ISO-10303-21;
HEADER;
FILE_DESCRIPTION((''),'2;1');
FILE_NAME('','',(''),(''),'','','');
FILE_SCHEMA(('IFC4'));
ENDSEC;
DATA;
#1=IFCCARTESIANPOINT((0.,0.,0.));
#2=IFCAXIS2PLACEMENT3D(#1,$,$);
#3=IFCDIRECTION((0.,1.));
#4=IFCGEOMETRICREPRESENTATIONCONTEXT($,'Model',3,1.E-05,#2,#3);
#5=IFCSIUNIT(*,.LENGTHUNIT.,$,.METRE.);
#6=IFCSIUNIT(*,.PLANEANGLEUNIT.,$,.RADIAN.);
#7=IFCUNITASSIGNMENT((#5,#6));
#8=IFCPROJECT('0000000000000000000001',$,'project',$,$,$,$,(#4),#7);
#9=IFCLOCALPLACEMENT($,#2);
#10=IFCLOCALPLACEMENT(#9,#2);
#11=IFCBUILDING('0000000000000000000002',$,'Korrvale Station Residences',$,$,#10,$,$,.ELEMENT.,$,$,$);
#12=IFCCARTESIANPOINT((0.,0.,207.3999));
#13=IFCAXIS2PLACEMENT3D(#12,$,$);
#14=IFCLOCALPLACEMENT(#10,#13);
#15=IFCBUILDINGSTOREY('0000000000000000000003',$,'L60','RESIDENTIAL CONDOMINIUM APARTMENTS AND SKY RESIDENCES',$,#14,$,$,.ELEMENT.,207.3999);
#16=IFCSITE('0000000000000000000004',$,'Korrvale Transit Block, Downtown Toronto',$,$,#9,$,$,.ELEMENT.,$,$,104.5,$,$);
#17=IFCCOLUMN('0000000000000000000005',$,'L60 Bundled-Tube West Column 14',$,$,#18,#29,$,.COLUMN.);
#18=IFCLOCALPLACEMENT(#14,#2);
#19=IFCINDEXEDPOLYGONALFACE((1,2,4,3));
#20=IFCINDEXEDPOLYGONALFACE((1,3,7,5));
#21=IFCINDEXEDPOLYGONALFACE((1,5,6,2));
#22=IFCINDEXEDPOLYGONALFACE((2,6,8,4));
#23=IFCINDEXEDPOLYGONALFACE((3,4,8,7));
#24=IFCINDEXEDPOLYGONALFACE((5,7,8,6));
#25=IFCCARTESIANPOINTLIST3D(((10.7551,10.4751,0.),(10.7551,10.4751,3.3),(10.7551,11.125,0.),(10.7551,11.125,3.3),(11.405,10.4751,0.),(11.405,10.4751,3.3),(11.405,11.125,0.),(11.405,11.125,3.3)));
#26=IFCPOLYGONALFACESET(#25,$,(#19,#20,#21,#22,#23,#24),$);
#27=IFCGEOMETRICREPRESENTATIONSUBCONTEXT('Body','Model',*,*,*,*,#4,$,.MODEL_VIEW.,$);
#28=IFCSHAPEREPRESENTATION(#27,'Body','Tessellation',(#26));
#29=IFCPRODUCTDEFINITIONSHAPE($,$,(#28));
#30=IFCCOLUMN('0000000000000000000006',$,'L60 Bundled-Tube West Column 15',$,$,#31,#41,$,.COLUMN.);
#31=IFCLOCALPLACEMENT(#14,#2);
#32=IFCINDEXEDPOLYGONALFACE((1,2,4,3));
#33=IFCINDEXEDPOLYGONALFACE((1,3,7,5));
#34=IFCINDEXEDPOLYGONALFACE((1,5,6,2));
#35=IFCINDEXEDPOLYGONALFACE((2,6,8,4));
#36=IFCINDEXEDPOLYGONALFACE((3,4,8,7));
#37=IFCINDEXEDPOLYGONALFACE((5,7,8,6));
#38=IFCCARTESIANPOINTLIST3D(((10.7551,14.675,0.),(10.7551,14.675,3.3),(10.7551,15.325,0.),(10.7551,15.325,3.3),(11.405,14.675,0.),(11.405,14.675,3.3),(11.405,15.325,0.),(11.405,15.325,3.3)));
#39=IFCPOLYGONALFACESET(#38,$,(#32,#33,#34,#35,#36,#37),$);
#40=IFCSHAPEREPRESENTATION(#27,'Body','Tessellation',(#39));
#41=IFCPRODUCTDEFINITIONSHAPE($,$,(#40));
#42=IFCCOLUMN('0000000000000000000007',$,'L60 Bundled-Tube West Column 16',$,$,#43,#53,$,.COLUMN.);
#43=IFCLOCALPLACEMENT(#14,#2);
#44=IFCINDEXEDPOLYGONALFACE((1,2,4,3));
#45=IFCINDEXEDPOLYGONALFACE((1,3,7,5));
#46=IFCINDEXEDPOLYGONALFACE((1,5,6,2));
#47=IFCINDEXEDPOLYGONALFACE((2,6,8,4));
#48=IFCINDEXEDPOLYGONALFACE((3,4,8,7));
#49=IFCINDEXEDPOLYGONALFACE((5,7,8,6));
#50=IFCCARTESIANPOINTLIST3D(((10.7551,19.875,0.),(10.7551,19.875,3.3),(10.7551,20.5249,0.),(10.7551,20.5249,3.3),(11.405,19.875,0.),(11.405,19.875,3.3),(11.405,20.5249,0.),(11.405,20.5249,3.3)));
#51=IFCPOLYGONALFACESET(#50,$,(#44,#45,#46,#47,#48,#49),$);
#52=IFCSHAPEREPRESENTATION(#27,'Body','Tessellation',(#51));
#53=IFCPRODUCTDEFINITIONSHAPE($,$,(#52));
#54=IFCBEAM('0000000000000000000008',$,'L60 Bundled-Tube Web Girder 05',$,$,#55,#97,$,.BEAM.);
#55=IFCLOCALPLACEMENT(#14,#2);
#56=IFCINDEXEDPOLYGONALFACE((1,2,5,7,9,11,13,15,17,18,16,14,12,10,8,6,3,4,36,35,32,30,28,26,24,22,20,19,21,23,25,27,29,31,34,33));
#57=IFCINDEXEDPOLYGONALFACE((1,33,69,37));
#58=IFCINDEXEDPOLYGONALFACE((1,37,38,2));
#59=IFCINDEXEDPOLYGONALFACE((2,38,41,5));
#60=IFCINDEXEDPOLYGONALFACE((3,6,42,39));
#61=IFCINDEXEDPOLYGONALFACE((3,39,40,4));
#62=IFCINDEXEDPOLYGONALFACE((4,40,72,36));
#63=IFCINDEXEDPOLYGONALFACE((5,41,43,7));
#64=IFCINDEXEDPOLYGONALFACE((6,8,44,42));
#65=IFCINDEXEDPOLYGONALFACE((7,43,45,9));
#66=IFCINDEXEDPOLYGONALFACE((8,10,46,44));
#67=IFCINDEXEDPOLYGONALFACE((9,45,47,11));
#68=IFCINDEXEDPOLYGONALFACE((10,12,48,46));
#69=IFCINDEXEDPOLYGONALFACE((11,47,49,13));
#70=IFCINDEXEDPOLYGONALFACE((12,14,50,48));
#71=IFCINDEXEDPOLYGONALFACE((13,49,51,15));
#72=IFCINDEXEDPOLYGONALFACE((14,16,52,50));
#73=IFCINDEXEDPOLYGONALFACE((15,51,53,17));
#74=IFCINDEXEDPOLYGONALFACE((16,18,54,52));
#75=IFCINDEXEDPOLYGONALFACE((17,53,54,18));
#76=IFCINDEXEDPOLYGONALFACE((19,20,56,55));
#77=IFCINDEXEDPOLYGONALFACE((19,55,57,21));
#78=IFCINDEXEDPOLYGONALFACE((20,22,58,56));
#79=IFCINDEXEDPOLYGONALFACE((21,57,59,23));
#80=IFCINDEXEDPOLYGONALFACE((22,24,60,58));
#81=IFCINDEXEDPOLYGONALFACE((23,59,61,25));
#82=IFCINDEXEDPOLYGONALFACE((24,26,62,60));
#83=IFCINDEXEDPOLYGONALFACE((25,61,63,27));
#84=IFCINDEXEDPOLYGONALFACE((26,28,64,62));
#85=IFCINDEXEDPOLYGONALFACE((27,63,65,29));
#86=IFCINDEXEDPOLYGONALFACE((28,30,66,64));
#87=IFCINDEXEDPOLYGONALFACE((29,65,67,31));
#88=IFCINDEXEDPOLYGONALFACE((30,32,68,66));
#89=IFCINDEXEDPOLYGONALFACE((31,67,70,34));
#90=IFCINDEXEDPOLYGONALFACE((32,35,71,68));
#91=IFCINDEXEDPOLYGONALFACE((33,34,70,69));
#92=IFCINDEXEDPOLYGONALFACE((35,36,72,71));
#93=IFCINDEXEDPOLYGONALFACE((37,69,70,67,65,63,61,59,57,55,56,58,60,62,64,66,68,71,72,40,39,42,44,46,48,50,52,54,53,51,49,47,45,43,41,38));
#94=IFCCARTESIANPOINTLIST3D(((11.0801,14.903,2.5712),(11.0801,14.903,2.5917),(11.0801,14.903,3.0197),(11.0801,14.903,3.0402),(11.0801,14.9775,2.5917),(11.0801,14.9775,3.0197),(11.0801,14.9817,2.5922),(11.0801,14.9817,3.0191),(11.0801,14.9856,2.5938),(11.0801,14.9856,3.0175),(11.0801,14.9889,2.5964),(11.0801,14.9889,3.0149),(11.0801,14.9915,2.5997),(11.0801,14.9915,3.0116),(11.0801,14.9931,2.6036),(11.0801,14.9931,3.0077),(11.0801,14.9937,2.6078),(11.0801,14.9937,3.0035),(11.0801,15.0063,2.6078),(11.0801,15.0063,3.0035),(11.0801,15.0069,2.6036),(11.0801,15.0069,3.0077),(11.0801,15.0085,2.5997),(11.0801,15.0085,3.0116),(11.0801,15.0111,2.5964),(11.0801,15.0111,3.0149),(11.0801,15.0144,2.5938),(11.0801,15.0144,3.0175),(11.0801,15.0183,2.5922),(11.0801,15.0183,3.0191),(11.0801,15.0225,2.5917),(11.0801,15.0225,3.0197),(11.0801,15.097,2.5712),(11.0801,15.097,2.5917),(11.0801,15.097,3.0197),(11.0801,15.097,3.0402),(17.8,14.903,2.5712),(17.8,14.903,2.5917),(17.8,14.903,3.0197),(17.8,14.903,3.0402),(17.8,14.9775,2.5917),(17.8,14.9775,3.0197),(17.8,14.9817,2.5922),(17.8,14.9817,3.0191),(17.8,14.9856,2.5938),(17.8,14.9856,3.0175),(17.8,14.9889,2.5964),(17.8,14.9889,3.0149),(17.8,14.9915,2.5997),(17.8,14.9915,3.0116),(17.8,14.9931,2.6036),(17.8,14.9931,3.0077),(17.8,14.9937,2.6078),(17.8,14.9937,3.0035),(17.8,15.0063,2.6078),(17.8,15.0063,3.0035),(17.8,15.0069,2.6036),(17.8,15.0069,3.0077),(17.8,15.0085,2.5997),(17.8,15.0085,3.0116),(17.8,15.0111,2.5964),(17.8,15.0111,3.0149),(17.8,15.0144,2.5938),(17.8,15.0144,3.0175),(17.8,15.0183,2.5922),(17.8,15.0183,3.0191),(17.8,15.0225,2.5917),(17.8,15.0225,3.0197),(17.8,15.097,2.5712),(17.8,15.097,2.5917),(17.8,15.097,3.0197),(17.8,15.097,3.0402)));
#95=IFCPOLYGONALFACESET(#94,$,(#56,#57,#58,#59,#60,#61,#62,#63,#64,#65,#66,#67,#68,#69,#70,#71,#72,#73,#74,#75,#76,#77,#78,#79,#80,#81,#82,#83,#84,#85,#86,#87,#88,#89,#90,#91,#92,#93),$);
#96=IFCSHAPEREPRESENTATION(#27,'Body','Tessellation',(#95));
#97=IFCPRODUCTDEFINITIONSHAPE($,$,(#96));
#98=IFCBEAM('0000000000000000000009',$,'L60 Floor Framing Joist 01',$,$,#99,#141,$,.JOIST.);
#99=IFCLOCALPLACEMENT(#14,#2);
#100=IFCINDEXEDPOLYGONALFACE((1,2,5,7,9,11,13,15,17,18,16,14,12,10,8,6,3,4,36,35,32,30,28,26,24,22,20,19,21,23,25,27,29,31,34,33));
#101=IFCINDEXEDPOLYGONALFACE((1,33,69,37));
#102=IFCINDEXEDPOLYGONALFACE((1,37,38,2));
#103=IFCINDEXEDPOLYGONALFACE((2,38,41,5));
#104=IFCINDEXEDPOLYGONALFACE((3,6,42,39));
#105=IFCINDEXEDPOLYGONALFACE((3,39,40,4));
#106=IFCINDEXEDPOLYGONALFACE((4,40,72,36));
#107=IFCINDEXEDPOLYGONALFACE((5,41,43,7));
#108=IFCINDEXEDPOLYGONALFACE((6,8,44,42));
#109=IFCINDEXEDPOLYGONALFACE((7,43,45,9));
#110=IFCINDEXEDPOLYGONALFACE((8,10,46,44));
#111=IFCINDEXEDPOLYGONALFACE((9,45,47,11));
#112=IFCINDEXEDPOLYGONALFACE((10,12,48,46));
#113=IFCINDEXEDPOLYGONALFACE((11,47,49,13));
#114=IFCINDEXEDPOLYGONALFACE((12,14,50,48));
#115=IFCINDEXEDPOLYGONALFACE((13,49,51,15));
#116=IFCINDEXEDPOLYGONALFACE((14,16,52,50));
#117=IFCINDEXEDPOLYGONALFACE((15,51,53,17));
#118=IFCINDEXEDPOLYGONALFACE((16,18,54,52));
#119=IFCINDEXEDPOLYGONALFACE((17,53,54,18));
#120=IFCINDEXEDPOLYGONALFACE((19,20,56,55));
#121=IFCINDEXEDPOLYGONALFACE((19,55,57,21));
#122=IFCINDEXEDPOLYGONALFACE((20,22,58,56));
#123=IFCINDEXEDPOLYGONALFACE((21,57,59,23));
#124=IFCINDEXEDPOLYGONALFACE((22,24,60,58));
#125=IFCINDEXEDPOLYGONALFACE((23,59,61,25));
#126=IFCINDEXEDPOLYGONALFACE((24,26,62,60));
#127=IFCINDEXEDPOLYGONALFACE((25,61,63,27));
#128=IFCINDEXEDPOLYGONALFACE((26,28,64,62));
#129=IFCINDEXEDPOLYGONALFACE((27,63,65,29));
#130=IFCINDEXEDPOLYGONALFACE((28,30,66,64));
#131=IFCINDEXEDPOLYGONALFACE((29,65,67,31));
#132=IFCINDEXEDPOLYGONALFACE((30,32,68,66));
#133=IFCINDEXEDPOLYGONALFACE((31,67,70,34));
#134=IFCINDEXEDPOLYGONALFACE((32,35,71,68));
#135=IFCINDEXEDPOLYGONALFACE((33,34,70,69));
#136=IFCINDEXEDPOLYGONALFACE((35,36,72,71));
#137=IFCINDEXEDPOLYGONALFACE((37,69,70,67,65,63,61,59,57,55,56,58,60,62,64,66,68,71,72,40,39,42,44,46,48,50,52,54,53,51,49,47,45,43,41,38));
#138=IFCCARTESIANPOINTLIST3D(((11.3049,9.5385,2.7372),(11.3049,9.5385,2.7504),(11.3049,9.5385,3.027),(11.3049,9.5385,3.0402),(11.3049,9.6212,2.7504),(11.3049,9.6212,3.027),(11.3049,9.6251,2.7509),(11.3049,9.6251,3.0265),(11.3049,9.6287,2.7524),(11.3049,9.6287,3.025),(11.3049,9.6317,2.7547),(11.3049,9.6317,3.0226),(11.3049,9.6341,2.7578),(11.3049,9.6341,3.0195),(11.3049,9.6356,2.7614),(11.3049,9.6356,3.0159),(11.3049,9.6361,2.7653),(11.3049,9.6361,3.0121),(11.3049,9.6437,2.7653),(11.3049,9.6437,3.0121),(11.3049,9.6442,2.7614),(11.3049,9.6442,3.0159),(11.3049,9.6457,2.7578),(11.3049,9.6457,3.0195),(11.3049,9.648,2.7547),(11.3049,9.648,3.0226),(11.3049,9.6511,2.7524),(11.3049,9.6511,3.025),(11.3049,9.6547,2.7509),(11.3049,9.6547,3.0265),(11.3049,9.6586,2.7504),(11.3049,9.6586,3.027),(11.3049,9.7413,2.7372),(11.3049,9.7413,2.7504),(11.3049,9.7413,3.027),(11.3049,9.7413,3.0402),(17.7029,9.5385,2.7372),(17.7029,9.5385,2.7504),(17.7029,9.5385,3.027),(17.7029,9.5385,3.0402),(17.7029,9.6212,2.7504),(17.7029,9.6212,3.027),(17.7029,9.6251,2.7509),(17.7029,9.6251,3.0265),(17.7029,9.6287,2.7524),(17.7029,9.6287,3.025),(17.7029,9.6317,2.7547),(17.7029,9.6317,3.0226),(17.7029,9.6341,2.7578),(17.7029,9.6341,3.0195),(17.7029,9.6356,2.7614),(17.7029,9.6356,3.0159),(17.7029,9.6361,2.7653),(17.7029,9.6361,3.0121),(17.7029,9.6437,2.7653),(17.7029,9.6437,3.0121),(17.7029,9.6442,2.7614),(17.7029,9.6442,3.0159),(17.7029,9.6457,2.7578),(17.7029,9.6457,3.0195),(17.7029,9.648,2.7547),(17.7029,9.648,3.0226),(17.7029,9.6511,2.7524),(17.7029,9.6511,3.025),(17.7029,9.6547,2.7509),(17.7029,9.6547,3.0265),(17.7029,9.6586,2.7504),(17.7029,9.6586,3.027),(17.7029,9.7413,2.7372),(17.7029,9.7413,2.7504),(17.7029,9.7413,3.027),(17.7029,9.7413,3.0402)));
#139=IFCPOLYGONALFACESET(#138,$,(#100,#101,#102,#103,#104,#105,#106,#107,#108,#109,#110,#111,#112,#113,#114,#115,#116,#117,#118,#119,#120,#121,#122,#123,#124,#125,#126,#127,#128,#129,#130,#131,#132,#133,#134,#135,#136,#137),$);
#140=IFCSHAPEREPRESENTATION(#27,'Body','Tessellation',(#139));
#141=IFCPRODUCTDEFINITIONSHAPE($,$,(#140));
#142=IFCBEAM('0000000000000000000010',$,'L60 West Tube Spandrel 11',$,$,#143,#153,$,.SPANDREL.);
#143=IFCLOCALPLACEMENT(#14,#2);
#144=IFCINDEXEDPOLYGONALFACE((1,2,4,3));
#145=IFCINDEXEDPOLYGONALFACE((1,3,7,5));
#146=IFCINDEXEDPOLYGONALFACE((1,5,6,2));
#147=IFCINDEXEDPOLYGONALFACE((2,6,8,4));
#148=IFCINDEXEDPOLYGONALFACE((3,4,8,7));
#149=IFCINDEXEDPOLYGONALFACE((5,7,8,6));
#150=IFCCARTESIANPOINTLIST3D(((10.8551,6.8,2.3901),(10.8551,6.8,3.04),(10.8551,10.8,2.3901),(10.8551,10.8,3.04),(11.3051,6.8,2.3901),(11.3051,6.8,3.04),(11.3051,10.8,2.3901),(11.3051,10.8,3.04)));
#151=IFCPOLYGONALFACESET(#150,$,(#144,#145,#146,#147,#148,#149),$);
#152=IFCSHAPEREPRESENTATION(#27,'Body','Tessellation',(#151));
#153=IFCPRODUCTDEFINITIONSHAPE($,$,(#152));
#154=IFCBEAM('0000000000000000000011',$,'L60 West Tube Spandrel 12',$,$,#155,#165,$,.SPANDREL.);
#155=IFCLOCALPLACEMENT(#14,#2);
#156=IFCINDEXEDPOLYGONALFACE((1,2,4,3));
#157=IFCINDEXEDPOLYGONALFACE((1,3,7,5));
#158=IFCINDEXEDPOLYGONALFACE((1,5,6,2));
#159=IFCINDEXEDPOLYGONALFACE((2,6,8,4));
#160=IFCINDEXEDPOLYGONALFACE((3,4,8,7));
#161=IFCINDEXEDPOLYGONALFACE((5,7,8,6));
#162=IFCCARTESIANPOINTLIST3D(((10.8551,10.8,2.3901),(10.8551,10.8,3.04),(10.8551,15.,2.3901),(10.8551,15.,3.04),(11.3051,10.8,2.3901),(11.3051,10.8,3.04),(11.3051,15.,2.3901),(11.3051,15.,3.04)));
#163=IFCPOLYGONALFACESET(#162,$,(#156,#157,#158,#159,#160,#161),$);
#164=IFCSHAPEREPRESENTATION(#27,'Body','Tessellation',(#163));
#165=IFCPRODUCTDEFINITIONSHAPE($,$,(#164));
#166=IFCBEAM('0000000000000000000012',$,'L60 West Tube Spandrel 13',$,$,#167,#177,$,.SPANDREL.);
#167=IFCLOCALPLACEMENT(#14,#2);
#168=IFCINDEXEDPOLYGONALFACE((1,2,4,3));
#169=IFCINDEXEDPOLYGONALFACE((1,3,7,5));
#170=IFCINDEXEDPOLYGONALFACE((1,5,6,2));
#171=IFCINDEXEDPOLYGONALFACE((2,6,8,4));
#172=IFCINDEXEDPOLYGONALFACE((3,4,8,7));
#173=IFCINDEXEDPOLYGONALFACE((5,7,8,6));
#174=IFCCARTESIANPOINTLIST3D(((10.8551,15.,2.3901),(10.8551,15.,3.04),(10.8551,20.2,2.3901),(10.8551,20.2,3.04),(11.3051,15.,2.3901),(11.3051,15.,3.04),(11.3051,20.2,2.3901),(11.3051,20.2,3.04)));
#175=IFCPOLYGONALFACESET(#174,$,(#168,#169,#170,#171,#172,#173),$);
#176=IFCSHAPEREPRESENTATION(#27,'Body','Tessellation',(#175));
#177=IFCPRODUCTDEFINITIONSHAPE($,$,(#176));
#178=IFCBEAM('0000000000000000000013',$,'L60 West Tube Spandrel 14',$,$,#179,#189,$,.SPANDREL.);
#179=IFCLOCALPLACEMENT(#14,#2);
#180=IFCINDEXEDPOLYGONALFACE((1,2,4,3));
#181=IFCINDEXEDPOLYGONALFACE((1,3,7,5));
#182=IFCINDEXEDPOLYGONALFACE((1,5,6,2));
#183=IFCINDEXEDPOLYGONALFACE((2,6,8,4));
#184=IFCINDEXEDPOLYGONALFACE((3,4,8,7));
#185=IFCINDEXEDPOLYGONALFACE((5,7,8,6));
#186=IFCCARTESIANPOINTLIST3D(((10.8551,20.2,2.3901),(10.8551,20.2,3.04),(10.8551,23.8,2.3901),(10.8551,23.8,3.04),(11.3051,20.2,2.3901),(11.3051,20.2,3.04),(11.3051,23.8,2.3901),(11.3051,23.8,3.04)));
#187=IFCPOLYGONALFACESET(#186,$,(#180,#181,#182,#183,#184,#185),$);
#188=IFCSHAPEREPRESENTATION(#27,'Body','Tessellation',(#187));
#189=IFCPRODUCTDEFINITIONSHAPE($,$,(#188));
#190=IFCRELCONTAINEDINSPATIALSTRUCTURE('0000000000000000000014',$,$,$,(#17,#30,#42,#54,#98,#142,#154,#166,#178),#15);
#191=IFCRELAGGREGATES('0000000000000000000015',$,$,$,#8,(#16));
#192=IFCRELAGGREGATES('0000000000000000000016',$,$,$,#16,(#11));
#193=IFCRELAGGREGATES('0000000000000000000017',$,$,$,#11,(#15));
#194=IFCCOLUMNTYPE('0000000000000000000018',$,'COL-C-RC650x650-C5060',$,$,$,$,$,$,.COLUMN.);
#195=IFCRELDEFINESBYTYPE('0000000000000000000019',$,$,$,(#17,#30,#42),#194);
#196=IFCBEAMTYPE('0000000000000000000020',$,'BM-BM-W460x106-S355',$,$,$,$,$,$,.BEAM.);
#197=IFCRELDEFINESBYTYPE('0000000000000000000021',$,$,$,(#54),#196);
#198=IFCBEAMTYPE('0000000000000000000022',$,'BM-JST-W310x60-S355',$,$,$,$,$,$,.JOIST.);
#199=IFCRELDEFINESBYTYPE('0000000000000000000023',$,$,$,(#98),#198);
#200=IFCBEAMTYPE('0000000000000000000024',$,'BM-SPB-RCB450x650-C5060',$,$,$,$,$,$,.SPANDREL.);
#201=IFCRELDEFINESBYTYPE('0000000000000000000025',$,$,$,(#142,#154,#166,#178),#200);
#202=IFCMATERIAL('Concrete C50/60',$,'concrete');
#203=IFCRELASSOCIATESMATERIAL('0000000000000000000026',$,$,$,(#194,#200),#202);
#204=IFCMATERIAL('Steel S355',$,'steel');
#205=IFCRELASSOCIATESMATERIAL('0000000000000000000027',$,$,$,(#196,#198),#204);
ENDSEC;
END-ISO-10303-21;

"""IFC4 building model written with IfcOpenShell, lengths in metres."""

from ifc_helpers import new_model, si_unit, direction, frame, origin, origin_2d, place, context, subcontext, project, spatial, rectangle, i_section, extrude, material, material_profile, profile_set, type_object, element, save


model = new_model("IFC4")

# Units and contexts
model_context = context("Model", 3, precision=1e-05, world=origin(), true_north=direction((0.0, 1.0)))
body_context = subcontext(model_context, "Body", "Model", "MODEL_VIEW")
ifc_project = project(units=[si_unit("LENGTHUNIT", "METRE"), si_unit("PLANEANGLEUNIT", "RADIAN")], contexts=[model_context])

# Site, building, storey
site_placement = place(None, origin())
site = spatial("IfcSite", under=ifc_project, at=site_placement, Name="Korrvale Transit Block, Downtown Toronto", CompositionType="ELEMENT", RefElevation=104.5)
building_placement = place(site_placement, origin())
building = spatial("IfcBuilding", under=site, at=building_placement, Name="Korrvale Station Residences", CompositionType="ELEMENT")
storey_placement = place(building_placement, frame((0.0, 0.0, 207.3999)))
storey = spatial("IfcBuildingStorey", under=building, at=storey_placement, Name="L60", Description="RESIDENTIAL CONDOMINIUM APARTMENTS AND SKY RESIDENCES", CompositionType="ELEMENT", Elevation=207.3999)

# Columns
ifc_material_1 = material(Name="Concrete C50/60", Category="concrete")
ifc_material_profile_1 = material_profile(ifc_material_1, rectangle(XDim=0.6499, YDim=0.6499, at=origin_2d()), Name="RC650x650")
ifc_profile_set_1 = profile_set([ifc_material_profile_1], Name="Concrete C50/60")
column_type = type_object("IfcColumnType", Name="COL-C-RC650x650-C5060", PredefinedType="COLUMN", material=ifc_profile_set_1)
for number, where, z_axis, x_axis, name in (
    (1, (11.0801, 10.8, 0.0), (0.0, 0.0, 1.0), (1.0, 0.0, 0.0), "L60 Bundled-Tube West Column 14"),
    (2, (11.0801, 15.0, 0.0), (0.0, 0.0, 1.0), (1.0, 0.0, 0.0), "L60 Bundled-Tube West Column 15"),
    (3, (11.0801, 20.2, 0.0), (0.0, 0.0, 1.0), (1.0, 0.0, 0.0), "L60 Bundled-Tube West Column 16"),
):
    element("IfcColumn", number, at=place(storey_placement, frame(where, z_axis=z_axis, x_axis=x_axis)), inside=storey, type_object=column_type, Name=name, PredefinedType="COLUMN", context=body_context, shape_type="SweptSolid", body=[
        extrude(rectangle(XDim=0.6499, YDim=0.6499, at=origin_2d()), origin(), (0.0, 0.0, 1.0), 3.3),
    ])

# Beams
ifc_material_2 = material(Name="Steel S355", Category="steel")
ifc_material_profile_2 = material_profile(ifc_material_2, i_section(OverallWidth=0.1941, OverallDepth=0.469, WebThickness=0.0127, FlangeThickness=0.0205, FilletRadius=0.0161, at=origin_2d()), Name="W460x106")
ifc_profile_set_2 = profile_set([ifc_material_profile_2], Name="Steel S355")
beam_type_1 = type_object("IfcBeamType", Name="BM-BM-W460x106-S355", PredefinedType="BEAM", material=ifc_profile_set_2)
beam_1_placement = place(storey_placement, frame((11.0801, 15.0, 2.8057), z_axis=(1.0, 0.0, 0.0), x_axis=(0.0, 1.0, 0.0)))
element("IfcBeam", 4, at=beam_1_placement, inside=storey, type_object=beam_type_1, Name="L60 Bundled-Tube Web Girder 05", PredefinedType="BEAM", context=body_context, shape_type="SweptSolid", body=[
    extrude(i_section(OverallWidth=0.1941, OverallDepth=0.469, WebThickness=0.0127, FlangeThickness=0.0205, FilletRadius=0.0161, at=origin_2d()), origin(), (0.0, 0.0, 1.0), 6.72),
])
ifc_material_profile_3 = material_profile(ifc_material_2, i_section(OverallWidth=0.2029, OverallDepth=0.303, WebThickness=0.0076, FlangeThickness=0.0132, FilletRadius=0.0149, at=origin_2d()), Name="W310x60")
ifc_profile_set_3 = profile_set([ifc_material_profile_3], Name="Steel S355")
beam_type_2 = type_object("IfcBeamType", Name="BM-JST-W310x60-S355", PredefinedType="JOIST", material=ifc_profile_set_3)
beam_2_placement = place(storey_placement, frame((11.3049, 9.6399, 2.8887), z_axis=(1.0, 0.0, 0.0), x_axis=(0.0, 1.0, 0.0)))
element("IfcBeam", 5, at=beam_2_placement, inside=storey, type_object=beam_type_2, Name="L60 Floor Framing Joist 01", PredefinedType="JOIST", context=body_context, shape_type="SweptSolid", body=[
    extrude(i_section(OverallWidth=0.2029, OverallDepth=0.303, WebThickness=0.0076, FlangeThickness=0.0132, FilletRadius=0.0149, at=origin_2d()), origin(), (0.0, 0.0, 1.0), 6.3979),
])
ifc_material_profile_4 = material_profile(ifc_material_1, rectangle(XDim=0.45, YDim=0.6499, at=origin_2d()), Name="RCB450x650")
ifc_profile_set_4 = profile_set([ifc_material_profile_4], Name="Concrete C50/60")
beam_type_3 = type_object("IfcBeamType", Name="BM-SPB-RCB450x650-C5060", PredefinedType="SPANDREL", material=ifc_profile_set_4)
beam_3_placement = place(storey_placement, frame((11.0801, 6.8, 2.7151), z_axis=(0.0, 1.0, 0.0), x_axis=(-1.0, 0.0, 0.0)))
element("IfcBeam", 6, at=beam_3_placement, inside=storey, type_object=beam_type_3, Name="L60 West Tube Spandrel 11", PredefinedType="SPANDREL", context=body_context, shape_type="SweptSolid", body=[
    extrude(rectangle(XDim=0.45, YDim=0.6499, at=origin_2d()), origin(), (0.0, 0.0, 1.0), 4.0),
])
beam_4_placement = place(storey_placement, frame((11.0801, 10.8, 2.7151), z_axis=(0.0, 1.0, 0.0), x_axis=(-1.0, 0.0, 0.0)))
element("IfcBeam", 7, at=beam_4_placement, inside=storey, type_object=beam_type_3, Name="L60 West Tube Spandrel 12", PredefinedType="SPANDREL", context=body_context, shape_type="SweptSolid", body=[
    extrude(rectangle(XDim=0.45, YDim=0.6499, at=origin_2d()), origin(), (0.0, 0.0, 1.0), 4.2),
])
beam_5_placement = place(storey_placement, frame((11.0801, 15.0, 2.7151), z_axis=(0.0, 1.0, 0.0), x_axis=(-1.0, 0.0, 0.0)))
element("IfcBeam", 8, at=beam_5_placement, inside=storey, type_object=beam_type_3, Name="L60 West Tube Spandrel 13", PredefinedType="SPANDREL", context=body_context, shape_type="SweptSolid", body=[
    extrude(rectangle(XDim=0.45, YDim=0.6499, at=origin_2d()), origin(), (0.0, 0.0, 1.0), 5.2),
])
beam_6_placement = place(storey_placement, frame((11.0801, 20.2, 2.7151), z_axis=(0.0, 1.0, 0.0), x_axis=(-1.0, 0.0, 0.0)))
element("IfcBeam", 9, at=beam_6_placement, inside=storey, type_object=beam_type_3, Name="L60 West Tube Spandrel 14", PredefinedType="SPANDREL", context=body_context, shape_type="SweptSolid", body=[
    extrude(rectangle(XDim=0.45, YDim=0.6499, at=origin_2d()), origin(), (0.0, 0.0, 1.0), 3.6001),
])

save(model, "model.ifc")
